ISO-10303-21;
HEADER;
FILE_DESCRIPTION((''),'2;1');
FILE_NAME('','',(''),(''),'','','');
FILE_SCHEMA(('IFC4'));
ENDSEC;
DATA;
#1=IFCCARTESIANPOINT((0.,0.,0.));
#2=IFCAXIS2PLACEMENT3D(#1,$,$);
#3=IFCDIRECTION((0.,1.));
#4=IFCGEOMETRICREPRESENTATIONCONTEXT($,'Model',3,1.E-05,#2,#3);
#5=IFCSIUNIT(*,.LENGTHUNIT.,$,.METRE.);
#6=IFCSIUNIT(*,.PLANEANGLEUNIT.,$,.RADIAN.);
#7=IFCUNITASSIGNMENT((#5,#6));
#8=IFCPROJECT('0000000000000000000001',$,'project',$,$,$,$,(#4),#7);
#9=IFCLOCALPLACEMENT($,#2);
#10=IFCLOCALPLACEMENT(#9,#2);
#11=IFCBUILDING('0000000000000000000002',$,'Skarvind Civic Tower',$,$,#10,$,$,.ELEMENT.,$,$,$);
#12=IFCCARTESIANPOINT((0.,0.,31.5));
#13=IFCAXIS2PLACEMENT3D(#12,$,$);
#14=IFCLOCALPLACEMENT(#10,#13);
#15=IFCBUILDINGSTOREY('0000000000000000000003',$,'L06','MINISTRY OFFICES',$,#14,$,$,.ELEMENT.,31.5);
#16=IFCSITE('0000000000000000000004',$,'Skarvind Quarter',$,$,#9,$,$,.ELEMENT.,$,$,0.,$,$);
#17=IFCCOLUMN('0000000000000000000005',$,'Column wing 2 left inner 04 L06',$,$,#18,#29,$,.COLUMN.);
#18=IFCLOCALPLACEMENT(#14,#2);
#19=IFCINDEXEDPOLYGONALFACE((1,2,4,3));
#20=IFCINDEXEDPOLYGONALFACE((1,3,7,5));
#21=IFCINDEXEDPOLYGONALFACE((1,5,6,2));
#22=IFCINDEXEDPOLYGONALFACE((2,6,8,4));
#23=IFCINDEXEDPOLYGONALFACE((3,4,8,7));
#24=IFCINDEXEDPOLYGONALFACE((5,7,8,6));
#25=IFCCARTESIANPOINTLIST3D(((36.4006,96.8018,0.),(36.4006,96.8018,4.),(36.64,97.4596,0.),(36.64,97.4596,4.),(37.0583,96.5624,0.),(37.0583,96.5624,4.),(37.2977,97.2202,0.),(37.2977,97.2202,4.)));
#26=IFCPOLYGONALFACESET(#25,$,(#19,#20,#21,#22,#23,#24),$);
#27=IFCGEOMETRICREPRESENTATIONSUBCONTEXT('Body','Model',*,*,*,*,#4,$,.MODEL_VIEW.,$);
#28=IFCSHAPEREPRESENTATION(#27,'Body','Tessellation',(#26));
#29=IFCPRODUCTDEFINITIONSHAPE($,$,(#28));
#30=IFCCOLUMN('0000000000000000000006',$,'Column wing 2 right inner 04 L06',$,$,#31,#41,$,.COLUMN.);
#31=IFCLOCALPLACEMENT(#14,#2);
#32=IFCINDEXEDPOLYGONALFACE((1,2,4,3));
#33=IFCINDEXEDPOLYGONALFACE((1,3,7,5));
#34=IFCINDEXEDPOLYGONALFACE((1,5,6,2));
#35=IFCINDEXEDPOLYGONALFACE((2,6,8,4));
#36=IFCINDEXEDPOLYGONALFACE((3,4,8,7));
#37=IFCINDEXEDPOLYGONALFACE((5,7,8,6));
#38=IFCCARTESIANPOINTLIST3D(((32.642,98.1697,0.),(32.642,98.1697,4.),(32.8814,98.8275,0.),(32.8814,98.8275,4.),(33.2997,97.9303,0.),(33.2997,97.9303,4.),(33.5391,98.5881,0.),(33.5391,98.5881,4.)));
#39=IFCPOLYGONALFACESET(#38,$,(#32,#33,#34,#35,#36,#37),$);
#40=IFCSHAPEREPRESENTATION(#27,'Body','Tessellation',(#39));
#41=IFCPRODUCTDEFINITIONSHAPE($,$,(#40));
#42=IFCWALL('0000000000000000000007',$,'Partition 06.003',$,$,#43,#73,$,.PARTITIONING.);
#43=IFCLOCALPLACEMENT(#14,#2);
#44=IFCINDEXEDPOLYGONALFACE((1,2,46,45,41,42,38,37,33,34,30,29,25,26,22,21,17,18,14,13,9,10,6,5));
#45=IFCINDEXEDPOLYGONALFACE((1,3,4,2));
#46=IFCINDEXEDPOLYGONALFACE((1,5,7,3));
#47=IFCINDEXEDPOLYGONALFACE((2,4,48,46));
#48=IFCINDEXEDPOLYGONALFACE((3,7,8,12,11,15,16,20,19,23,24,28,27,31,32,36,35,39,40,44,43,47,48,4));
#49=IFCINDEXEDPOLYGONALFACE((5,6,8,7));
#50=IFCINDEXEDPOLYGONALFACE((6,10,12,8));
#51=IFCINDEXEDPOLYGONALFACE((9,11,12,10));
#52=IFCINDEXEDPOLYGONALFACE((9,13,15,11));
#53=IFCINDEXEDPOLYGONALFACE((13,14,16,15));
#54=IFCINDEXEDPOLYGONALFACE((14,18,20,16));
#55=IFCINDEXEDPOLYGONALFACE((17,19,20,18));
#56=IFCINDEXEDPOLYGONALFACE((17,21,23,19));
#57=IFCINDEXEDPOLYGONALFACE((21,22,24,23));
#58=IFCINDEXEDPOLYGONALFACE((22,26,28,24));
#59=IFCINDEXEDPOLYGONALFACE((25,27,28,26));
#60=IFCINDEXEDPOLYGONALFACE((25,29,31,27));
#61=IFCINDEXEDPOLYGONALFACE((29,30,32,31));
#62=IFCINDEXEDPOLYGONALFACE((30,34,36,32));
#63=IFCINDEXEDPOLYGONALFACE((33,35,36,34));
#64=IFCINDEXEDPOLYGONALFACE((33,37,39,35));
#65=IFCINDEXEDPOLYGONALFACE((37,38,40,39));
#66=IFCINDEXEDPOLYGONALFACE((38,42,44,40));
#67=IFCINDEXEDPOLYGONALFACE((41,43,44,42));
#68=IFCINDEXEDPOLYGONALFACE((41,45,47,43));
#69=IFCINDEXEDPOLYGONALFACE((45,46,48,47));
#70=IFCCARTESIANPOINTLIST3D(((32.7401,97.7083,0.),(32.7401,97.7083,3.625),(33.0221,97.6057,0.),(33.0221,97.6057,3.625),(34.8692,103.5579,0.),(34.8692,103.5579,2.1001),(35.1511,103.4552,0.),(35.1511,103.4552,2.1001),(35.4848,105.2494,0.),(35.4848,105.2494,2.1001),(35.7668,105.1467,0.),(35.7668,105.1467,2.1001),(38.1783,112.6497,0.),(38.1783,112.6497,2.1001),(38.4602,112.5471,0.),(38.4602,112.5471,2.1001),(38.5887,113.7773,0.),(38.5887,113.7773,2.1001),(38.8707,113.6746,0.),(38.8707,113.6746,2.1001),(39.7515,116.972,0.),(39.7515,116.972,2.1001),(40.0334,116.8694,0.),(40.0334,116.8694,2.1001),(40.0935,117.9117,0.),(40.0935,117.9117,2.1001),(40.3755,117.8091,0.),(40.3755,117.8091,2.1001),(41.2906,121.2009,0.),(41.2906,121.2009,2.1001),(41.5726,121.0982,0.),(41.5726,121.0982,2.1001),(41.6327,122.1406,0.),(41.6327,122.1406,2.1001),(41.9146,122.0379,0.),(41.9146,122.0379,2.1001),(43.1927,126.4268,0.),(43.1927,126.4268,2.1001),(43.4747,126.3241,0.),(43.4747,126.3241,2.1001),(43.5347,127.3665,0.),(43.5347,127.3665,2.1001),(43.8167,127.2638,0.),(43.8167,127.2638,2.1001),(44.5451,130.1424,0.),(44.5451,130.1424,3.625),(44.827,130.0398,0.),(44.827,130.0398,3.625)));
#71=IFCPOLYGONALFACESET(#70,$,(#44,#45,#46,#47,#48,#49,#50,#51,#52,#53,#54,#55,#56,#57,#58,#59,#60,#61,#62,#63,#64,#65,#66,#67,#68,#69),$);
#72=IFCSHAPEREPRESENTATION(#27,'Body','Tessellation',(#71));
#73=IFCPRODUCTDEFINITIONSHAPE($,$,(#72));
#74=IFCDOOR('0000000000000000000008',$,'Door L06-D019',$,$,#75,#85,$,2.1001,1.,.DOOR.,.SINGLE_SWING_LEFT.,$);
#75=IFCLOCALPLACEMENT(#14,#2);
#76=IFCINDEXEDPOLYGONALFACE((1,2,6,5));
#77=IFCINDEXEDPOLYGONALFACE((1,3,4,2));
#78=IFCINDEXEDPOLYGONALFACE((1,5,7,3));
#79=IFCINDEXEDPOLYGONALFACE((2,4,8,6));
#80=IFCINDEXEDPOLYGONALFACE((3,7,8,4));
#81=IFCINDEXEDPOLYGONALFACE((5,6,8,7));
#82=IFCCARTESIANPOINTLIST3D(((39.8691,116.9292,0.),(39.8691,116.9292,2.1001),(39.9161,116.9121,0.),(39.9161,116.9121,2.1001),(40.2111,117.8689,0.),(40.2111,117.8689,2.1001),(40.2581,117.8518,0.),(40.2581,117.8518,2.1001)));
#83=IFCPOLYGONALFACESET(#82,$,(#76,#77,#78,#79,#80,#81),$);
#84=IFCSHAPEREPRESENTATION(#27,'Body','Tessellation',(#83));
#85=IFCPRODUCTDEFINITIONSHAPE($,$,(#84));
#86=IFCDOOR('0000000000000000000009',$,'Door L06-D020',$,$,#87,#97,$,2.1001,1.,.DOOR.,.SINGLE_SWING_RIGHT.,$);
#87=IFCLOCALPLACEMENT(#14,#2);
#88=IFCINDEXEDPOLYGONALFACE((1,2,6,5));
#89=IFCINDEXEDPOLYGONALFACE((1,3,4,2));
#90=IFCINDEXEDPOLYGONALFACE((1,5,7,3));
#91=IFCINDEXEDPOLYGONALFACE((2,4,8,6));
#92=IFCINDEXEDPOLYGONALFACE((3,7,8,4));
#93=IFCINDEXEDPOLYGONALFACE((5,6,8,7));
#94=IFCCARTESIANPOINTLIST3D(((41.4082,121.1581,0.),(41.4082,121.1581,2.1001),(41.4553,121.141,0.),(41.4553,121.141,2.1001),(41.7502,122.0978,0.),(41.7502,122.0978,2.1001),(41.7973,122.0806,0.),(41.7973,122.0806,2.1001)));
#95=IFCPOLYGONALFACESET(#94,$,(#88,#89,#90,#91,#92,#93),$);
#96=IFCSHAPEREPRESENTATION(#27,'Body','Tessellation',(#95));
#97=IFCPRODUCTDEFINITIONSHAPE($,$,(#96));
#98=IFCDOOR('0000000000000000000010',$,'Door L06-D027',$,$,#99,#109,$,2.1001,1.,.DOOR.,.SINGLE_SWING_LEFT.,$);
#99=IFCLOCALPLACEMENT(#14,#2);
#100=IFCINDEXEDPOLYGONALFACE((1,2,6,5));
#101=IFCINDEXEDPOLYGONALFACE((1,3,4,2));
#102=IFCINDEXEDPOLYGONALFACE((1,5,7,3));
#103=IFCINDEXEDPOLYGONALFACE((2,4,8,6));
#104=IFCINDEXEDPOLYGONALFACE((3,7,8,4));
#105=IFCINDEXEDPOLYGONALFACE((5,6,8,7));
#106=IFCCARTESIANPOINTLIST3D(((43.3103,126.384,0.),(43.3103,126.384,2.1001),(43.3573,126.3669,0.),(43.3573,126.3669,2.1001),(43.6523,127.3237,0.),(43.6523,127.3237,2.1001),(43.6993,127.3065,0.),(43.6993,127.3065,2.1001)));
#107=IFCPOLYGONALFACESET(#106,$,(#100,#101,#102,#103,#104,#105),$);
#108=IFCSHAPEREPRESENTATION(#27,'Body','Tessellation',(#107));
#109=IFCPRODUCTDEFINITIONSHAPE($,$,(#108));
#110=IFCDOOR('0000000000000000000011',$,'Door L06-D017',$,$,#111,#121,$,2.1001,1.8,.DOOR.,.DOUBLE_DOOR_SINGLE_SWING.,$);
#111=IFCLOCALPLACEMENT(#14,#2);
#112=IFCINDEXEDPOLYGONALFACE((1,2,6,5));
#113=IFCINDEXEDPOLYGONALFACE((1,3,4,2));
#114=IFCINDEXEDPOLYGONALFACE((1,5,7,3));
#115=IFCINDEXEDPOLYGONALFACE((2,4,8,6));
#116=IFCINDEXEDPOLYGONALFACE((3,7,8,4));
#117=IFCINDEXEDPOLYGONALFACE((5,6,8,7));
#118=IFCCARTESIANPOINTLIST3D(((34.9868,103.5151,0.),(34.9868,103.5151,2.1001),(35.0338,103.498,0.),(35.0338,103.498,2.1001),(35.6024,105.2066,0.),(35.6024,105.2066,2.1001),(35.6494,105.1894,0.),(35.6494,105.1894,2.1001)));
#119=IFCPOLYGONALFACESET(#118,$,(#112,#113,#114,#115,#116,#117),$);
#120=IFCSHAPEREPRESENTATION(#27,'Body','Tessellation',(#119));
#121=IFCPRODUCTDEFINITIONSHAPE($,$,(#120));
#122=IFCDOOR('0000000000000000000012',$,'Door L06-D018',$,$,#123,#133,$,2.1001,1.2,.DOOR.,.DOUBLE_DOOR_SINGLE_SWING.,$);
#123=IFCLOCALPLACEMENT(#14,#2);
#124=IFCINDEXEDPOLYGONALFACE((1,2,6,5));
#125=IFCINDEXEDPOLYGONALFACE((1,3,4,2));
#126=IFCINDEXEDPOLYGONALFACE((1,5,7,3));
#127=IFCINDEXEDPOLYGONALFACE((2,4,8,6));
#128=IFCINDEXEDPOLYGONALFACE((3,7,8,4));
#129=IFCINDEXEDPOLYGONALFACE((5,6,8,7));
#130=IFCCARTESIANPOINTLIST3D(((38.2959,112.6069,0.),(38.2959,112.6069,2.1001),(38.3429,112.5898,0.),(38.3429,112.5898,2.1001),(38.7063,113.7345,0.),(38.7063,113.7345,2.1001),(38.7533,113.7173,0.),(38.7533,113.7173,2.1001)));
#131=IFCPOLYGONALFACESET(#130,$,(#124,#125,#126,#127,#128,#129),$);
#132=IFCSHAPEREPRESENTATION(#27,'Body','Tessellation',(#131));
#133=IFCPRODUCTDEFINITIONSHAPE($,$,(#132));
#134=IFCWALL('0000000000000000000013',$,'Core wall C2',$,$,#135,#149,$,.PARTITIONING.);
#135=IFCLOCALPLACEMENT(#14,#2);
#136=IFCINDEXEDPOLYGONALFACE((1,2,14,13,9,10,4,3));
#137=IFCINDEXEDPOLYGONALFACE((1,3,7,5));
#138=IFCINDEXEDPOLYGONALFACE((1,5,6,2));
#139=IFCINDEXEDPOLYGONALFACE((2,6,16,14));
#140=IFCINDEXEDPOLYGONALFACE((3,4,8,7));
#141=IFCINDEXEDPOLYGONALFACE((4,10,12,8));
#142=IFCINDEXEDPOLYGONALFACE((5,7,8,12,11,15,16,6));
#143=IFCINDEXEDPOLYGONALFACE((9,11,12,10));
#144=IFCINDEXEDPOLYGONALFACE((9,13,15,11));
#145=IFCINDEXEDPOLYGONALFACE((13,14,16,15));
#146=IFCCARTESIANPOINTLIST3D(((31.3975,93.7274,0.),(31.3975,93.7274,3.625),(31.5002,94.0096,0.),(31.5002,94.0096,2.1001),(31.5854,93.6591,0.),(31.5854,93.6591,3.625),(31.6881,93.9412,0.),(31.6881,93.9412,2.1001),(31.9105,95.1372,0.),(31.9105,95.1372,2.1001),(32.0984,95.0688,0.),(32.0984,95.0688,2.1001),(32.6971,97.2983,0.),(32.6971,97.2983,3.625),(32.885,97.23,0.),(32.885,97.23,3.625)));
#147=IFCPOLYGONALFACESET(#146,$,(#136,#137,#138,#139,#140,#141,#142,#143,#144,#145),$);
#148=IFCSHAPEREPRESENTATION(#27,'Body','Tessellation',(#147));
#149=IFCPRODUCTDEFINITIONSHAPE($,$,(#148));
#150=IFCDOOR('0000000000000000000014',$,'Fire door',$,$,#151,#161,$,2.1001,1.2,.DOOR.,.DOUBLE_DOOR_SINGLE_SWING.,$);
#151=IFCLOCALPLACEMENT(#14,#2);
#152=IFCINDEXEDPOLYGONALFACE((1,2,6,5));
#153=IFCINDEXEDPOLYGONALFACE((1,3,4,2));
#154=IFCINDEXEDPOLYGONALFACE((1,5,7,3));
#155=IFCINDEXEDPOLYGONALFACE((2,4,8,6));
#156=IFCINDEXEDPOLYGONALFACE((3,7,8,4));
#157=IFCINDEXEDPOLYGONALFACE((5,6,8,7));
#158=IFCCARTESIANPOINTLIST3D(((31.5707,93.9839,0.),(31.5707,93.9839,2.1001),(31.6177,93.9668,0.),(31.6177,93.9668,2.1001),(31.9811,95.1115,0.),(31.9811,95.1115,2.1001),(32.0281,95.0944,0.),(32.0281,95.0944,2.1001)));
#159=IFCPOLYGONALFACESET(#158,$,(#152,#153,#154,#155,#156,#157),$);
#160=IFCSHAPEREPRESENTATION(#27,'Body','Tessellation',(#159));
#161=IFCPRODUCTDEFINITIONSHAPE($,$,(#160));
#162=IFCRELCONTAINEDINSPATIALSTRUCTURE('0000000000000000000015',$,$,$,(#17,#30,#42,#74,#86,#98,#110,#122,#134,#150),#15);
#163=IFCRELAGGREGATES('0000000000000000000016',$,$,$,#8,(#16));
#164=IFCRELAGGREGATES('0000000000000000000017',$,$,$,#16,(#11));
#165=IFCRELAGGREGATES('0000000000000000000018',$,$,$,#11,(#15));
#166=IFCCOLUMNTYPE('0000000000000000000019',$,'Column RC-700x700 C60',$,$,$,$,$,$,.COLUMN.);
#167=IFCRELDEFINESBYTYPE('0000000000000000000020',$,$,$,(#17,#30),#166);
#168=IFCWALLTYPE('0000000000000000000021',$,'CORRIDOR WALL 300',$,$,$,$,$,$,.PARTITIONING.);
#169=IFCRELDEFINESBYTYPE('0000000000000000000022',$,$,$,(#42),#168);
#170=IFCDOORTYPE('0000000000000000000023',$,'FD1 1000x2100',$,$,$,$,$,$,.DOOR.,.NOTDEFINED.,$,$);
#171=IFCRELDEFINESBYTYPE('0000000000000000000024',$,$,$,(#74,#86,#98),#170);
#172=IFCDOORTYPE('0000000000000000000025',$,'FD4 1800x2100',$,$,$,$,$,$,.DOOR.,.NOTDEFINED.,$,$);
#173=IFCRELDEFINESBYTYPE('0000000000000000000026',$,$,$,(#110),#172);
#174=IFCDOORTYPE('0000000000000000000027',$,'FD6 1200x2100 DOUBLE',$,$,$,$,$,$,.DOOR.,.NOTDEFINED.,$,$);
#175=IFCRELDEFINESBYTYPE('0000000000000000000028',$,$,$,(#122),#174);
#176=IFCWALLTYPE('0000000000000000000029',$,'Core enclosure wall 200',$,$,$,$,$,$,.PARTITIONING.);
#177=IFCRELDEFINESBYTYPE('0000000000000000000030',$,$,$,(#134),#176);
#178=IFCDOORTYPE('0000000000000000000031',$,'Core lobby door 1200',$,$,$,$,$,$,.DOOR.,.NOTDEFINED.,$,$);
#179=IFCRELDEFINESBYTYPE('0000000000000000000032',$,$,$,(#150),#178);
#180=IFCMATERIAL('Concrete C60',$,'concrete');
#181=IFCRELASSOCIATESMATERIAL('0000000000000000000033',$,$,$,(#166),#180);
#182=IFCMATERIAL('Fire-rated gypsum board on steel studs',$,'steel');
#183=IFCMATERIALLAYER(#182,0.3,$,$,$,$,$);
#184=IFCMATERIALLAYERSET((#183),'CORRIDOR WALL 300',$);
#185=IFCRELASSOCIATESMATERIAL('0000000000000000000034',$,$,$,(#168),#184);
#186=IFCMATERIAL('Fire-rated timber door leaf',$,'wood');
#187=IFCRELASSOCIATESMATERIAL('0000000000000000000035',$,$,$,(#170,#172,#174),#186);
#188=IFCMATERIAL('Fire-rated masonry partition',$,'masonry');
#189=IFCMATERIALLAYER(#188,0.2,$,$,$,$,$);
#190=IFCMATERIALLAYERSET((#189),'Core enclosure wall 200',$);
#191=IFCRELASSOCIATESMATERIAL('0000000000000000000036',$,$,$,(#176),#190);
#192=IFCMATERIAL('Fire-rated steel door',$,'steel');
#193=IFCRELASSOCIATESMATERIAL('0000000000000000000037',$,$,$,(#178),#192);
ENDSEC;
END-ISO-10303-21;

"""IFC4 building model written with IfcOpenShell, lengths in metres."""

from ifc_helpers import new_model, si_unit, direction, frame, frame_2d, origin, origin_2d, place, context, subcontext, project, spatial, rectangle, extrude, material, layer, layer_set, material_profile, profile_set, type_object, element, fill, save


model = new_model("IFC4")

# Units and contexts
model_context = context("Model", 3, precision=1e-05, world=origin(), true_north=direction((0.0, 1.0)))
body_context = subcontext(model_context, "Body", "Model", "MODEL_VIEW")
ifc_project = project(units=[si_unit("LENGTHUNIT", "METRE"), si_unit("PLANEANGLEUNIT", "RADIAN")], contexts=[model_context])

# Site, building, storey
site_placement = place(None, origin())
site = spatial("IfcSite", under=ifc_project, at=site_placement, Name="Skarvind Quarter", CompositionType="ELEMENT", RefElevation=0.0)
building_placement = place(site_placement, origin())
building = spatial("IfcBuilding", under=site, at=building_placement, Name="Skarvind Civic Tower", CompositionType="ELEMENT")
storey_placement = place(building_placement, frame((0.0, 0.0, 31.5)))
storey = spatial("IfcBuildingStorey", under=building, at=storey_placement, Name="L06", Description="MINISTRY OFFICES", CompositionType="ELEMENT", Elevation=31.5)

# Columns
ifc_material_1 = material(Name="Concrete C60", Category="concrete")
ifc_material_profile = material_profile(ifc_material_1, rectangle(XDim=0.7, YDim=0.7, at=origin_2d()), Name="RC-700x700")
ifc_profile_set = profile_set([ifc_material_profile], Name="Concrete C60")
column_type = type_object("IfcColumnType", Name="Column RC-700x700 C60", PredefinedType="COLUMN", material=ifc_profile_set)
for number, where, z_axis, x_axis, name in (
    (1, (36.8491, 97.011, 0.0), (0.0, 0.0, 1.0), (-0.34202, -0.939693, 0.0), "Column wing 2 left inner 04 L06"),
    (2, (33.0906, 98.3789, 0.0), (0.0, 0.0, 1.0), (-0.34202, -0.939693, 0.0), "Column wing 2 right inner 04 L06"),
):
    element("IfcColumn", number, at=place(storey_placement, frame(where, z_axis=z_axis, x_axis=x_axis)), inside=storey, type_object=column_type, Name=name, PredefinedType="COLUMN", context=body_context, shape_type="SweptSolid", body=[
        extrude(rectangle(XDim=0.7, YDim=0.7, at=origin_2d()), origin(), (0.0, 0.0, 1.0), 4.0),
    ])

# Wall, openings, doors
ifc_material_2 = material(Name="Fire-rated gypsum board on steel studs", Category="steel")
ifc_layer_1 = layer(ifc_material_2, 0.3)
ifc_layer_set_1 = layer_set([ifc_layer_1], Name="CORRIDOR WALL 300")
wall_type_1 = type_object("IfcWallType", Name="CORRIDOR WALL 300", PredefinedType="PARTITIONING", material=ifc_layer_set_1)
wall_1_placement = place(storey_placement, frame((32.8811, 97.657, 0.0), z_axis=(0.0, 0.0, 1.0), x_axis=(0.342017, 0.939694, 0.0)))
wall_1 = element("IfcWall", 3, at=wall_1_placement, inside=storey, type_object=wall_type_1, Name="Partition 06.003", PredefinedType="PARTITIONING", context=body_context, shape_type="SweptSolid", body=[
    extrude(rectangle(XDim=34.5156, YDim=0.3, at=frame_2d((17.2578, 0.0))), origin(), (0.0, 0.0, 1.0), 3.625),
])
opening_1_placement = place(wall_1_placement, frame((6.2251, 0.0, 0.0)))
opening_1 = element("IfcOpeningElement", 4, at=opening_1_placement, cuts=wall_1, PredefinedType="OPENING", context=body_context, shape_type="SweptSolid", body=[
    extrude(rectangle(XDim=1.8, YDim=2.1001, at=frame_2d((0.8999, 1.05))), frame((0.0, 0.1599, 0.0), z_axis=(0.0, -1.0, 0.0), x_axis=(1.0, 0.0, 0.0)), (0.0, 0.0, 1.0), 0.3201),
])
opening_2_placement = place(wall_1_placement, frame((15.9001, 0.0, 0.0)))
opening_2 = element("IfcOpeningElement", 5, at=opening_2_placement, cuts=wall_1, PredefinedType="OPENING", context=body_context, shape_type="SweptSolid", body=[
    extrude(rectangle(XDim=1.2, YDim=2.1001, at=frame_2d((0.6001, 1.05))), frame((0.0, 0.1599, 0.0), z_axis=(0.0, -1.0, 0.0), x_axis=(1.0, 0.0, 0.0)), (0.0, 0.0, 1.0), 0.3201),
])
opening_3_placement = place(wall_1_placement, frame((20.5, 0.0, 0.0)))
opening_3 = element("IfcOpeningElement", 6, at=opening_3_placement, cuts=wall_1, PredefinedType="OPENING", context=body_context, shape_type="SweptSolid", body=[
    extrude(rectangle(XDim=1.0, YDim=2.1001, at=frame_2d((0.5, 1.05))), frame((0.0, 0.1599, 0.0), z_axis=(0.0, -1.0, 0.0), x_axis=(1.0, 0.0, 0.0)), (0.0, 0.0, 1.0), 0.3201),
])
opening_4_placement = place(wall_1_placement, frame((25.0002, 0.0, 0.0)))
opening_4 = element("IfcOpeningElement", 7, at=opening_4_placement, cuts=wall_1, PredefinedType="OPENING", context=body_context, shape_type="SweptSolid", body=[
    extrude(rectangle(XDim=1.0, YDim=2.1001, at=frame_2d((0.5, 1.05))), frame((0.0, 0.1599, 0.0), z_axis=(0.0, -1.0, 0.0), x_axis=(1.0, 0.0, 0.0)), (0.0, 0.0, 1.0), 0.3201),
])
opening_5_placement = place(wall_1_placement, frame((30.5615, 0.0, 0.0)))
opening_5 = element("IfcOpeningElement", 8, at=opening_5_placement, cuts=wall_1, PredefinedType="OPENING", context=body_context, shape_type="SweptSolid", body=[
    extrude(rectangle(XDim=1.0, YDim=2.1001, at=frame_2d((0.5, 1.05))), frame((0.0, 0.1599, 0.0), z_axis=(0.0, -1.0, 0.0), x_axis=(1.0, 0.0, 0.0)), (0.0, 0.0, 1.0), 0.3201),
])
ifc_material_3 = material(Name="Fire-rated timber door leaf", Category="wood")
door_type_1 = type_object("IfcDoorType", Name="FD1 1000x2100", OperationType="NOTDEFINED", PredefinedType="DOOR", material=ifc_material_3)
door_1_placement = place(opening_3_placement, origin())
door_1 = element("IfcDoor", 9, at=door_1_placement, inside=storey, type_object=door_type_1, Name="Door L06-D019", OperationType="SINGLE_SWING_LEFT", OverallHeight=2.1001, OverallWidth=1.0, PredefinedType="DOOR", context=body_context, shape_type="SweptSolid", body=[
    extrude(rectangle(XDim=1.0, YDim=2.1001, at=frame_2d((0.5, 1.05))), frame((0.0, 0.0249, 0.0), z_axis=(0.0, -1.0, 0.0), x_axis=(1.0, 0.0, 0.0)), (0.0, 0.0, 1.0), 0.05),
])
fill(opening_3, door_1)
door_2_placement = place(opening_4_placement, origin())
door_2 = element("IfcDoor", 10, at=door_2_placement, inside=storey, type_object=door_type_1, Name="Door L06-D020", OperationType="SINGLE_SWING_RIGHT", OverallHeight=2.1001, OverallWidth=1.0, PredefinedType="DOOR", context=body_context, shape_type="SweptSolid", body=[
    extrude(rectangle(XDim=1.0, YDim=2.1001, at=frame_2d((0.5, 1.05))), frame((0.0, 0.0249, 0.0), z_axis=(0.0, -1.0, 0.0), x_axis=(1.0, 0.0, 0.0)), (0.0, 0.0, 1.0), 0.05),
])
fill(opening_4, door_2)
door_3_placement = place(opening_5_placement, origin())
door_3 = element("IfcDoor", 11, at=door_3_placement, inside=storey, type_object=door_type_1, Name="Door L06-D027", OperationType="SINGLE_SWING_LEFT", OverallHeight=2.1001, OverallWidth=1.0, PredefinedType="DOOR", context=body_context, shape_type="SweptSolid", body=[
    extrude(rectangle(XDim=1.0, YDim=2.1001, at=frame_2d((0.5, 1.05))), frame((0.0, 0.0249, 0.0), z_axis=(0.0, -1.0, 0.0), x_axis=(1.0, 0.0, 0.0)), (0.0, 0.0, 1.0), 0.05),
])
fill(opening_5, door_3)
door_type_2 = type_object("IfcDoorType", Name="FD4 1800x2100", OperationType="NOTDEFINED", PredefinedType="DOOR", material=ifc_material_3)
door_4_placement = place(opening_1_placement, origin())
door_4 = element("IfcDoor", 12, at=door_4_placement, inside=storey, type_object=door_type_2, Name="Door L06-D017", OperationType="DOUBLE_DOOR_SINGLE_SWING", OverallHeight=2.1001, OverallWidth=1.8, PredefinedType="DOOR", context=body_context, shape_type="SweptSolid", body=[
    extrude(rectangle(XDim=1.8, YDim=2.1001, at=frame_2d((0.8999, 1.05))), frame((0.0, 0.0249, 0.0), z_axis=(0.0, -1.0, 0.0), x_axis=(1.0, 0.0, 0.0)), (0.0, 0.0, 1.0), 0.05),
])
fill(opening_1, door_4)
door_type_3 = type_object("IfcDoorType", Name="FD6 1200x2100 DOUBLE", OperationType="NOTDEFINED", PredefinedType="DOOR", material=ifc_material_3)
door_5_placement = place(opening_2_placement, origin())
door_5 = element("IfcDoor", 13, at=door_5_placement, inside=storey, type_object=door_type_3, Name="Door L06-D018", OperationType="DOUBLE_DOOR_SINGLE_SWING", OverallHeight=2.1001, OverallWidth=1.2, PredefinedType="DOOR", context=body_context, shape_type="SweptSolid", body=[
    extrude(rectangle(XDim=1.2, YDim=2.1001, at=frame_2d((0.6001, 1.05))), frame((0.0, 0.0249, 0.0), z_axis=(0.0, -1.0, 0.0), x_axis=(1.0, 0.0, 0.0)), (0.0, 0.0, 1.0), 0.05),
])
fill(opening_2, door_5)

# Wall, opening, door
ifc_material_4 = material(Name="Fire-rated masonry partition", Category="masonry")
ifc_layer_2 = layer(ifc_material_4, 0.2)
ifc_layer_set_2 = layer_set([ifc_layer_2], Name="Core enclosure wall 200")
wall_type_2 = type_object("IfcWallType", Name="Core enclosure wall 200", PredefinedType="PARTITIONING", material=ifc_layer_set_2)
wall_2_placement = place(storey_placement, frame((31.4915, 93.6934, 0.0), z_axis=(0.0, 0.0, 1.0), x_axis=(0.341996, 0.939701, 0.0)))
wall_2 = element("IfcWall", 14, at=wall_2_placement, inside=storey, type_object=wall_type_2, Name="Core wall C2", PredefinedType="PARTITIONING", context=body_context, shape_type="SweptSolid", body=[
    extrude(rectangle(XDim=3.8, YDim=0.2, at=frame_2d((1.8999, 0.0))), origin(), (0.0, 0.0, 1.0), 3.625),
])
opening_6_placement = place(wall_2_placement, frame((0.3, 0.0, 0.0)))
opening_6 = element("IfcOpeningElement", 15, at=opening_6_placement, cuts=wall_2, PredefinedType="OPENING", context=body_context, shape_type="SweptSolid", body=[
    extrude(rectangle(XDim=1.2, YDim=2.1001, at=frame_2d((0.6001, 1.05))), frame((0.0, 0.1099, 0.0), z_axis=(0.0, -1.0, 0.0), x_axis=(1.0, 0.0, 0.0)), (0.0, 0.0, 1.0), 0.22),
])
ifc_material_5 = material(Name="Fire-rated steel door", Category="steel")
door_type_4 = type_object("IfcDoorType", Name="Core lobby door 1200", OperationType="NOTDEFINED", PredefinedType="DOOR", material=ifc_material_5)
door_6_placement = place(opening_6_placement, origin())
door_6 = element("IfcDoor", 16, at=door_6_placement, inside=storey, type_object=door_type_4, Name="Fire door", OperationType="DOUBLE_DOOR_SINGLE_SWING", OverallHeight=2.1001, OverallWidth=1.2, PredefinedType="DOOR", context=body_context, shape_type="SweptSolid", body=[
    extrude(rectangle(XDim=1.2, YDim=2.1001, at=frame_2d((0.6001, 1.05))), frame((0.0, 0.0249, 0.0), z_axis=(0.0, -1.0, 0.0), x_axis=(1.0, 0.0, 0.0)), (0.0, 0.0, 1.0), 0.05),
])
fill(opening_6, door_6)

save(model, "model.ifc")
